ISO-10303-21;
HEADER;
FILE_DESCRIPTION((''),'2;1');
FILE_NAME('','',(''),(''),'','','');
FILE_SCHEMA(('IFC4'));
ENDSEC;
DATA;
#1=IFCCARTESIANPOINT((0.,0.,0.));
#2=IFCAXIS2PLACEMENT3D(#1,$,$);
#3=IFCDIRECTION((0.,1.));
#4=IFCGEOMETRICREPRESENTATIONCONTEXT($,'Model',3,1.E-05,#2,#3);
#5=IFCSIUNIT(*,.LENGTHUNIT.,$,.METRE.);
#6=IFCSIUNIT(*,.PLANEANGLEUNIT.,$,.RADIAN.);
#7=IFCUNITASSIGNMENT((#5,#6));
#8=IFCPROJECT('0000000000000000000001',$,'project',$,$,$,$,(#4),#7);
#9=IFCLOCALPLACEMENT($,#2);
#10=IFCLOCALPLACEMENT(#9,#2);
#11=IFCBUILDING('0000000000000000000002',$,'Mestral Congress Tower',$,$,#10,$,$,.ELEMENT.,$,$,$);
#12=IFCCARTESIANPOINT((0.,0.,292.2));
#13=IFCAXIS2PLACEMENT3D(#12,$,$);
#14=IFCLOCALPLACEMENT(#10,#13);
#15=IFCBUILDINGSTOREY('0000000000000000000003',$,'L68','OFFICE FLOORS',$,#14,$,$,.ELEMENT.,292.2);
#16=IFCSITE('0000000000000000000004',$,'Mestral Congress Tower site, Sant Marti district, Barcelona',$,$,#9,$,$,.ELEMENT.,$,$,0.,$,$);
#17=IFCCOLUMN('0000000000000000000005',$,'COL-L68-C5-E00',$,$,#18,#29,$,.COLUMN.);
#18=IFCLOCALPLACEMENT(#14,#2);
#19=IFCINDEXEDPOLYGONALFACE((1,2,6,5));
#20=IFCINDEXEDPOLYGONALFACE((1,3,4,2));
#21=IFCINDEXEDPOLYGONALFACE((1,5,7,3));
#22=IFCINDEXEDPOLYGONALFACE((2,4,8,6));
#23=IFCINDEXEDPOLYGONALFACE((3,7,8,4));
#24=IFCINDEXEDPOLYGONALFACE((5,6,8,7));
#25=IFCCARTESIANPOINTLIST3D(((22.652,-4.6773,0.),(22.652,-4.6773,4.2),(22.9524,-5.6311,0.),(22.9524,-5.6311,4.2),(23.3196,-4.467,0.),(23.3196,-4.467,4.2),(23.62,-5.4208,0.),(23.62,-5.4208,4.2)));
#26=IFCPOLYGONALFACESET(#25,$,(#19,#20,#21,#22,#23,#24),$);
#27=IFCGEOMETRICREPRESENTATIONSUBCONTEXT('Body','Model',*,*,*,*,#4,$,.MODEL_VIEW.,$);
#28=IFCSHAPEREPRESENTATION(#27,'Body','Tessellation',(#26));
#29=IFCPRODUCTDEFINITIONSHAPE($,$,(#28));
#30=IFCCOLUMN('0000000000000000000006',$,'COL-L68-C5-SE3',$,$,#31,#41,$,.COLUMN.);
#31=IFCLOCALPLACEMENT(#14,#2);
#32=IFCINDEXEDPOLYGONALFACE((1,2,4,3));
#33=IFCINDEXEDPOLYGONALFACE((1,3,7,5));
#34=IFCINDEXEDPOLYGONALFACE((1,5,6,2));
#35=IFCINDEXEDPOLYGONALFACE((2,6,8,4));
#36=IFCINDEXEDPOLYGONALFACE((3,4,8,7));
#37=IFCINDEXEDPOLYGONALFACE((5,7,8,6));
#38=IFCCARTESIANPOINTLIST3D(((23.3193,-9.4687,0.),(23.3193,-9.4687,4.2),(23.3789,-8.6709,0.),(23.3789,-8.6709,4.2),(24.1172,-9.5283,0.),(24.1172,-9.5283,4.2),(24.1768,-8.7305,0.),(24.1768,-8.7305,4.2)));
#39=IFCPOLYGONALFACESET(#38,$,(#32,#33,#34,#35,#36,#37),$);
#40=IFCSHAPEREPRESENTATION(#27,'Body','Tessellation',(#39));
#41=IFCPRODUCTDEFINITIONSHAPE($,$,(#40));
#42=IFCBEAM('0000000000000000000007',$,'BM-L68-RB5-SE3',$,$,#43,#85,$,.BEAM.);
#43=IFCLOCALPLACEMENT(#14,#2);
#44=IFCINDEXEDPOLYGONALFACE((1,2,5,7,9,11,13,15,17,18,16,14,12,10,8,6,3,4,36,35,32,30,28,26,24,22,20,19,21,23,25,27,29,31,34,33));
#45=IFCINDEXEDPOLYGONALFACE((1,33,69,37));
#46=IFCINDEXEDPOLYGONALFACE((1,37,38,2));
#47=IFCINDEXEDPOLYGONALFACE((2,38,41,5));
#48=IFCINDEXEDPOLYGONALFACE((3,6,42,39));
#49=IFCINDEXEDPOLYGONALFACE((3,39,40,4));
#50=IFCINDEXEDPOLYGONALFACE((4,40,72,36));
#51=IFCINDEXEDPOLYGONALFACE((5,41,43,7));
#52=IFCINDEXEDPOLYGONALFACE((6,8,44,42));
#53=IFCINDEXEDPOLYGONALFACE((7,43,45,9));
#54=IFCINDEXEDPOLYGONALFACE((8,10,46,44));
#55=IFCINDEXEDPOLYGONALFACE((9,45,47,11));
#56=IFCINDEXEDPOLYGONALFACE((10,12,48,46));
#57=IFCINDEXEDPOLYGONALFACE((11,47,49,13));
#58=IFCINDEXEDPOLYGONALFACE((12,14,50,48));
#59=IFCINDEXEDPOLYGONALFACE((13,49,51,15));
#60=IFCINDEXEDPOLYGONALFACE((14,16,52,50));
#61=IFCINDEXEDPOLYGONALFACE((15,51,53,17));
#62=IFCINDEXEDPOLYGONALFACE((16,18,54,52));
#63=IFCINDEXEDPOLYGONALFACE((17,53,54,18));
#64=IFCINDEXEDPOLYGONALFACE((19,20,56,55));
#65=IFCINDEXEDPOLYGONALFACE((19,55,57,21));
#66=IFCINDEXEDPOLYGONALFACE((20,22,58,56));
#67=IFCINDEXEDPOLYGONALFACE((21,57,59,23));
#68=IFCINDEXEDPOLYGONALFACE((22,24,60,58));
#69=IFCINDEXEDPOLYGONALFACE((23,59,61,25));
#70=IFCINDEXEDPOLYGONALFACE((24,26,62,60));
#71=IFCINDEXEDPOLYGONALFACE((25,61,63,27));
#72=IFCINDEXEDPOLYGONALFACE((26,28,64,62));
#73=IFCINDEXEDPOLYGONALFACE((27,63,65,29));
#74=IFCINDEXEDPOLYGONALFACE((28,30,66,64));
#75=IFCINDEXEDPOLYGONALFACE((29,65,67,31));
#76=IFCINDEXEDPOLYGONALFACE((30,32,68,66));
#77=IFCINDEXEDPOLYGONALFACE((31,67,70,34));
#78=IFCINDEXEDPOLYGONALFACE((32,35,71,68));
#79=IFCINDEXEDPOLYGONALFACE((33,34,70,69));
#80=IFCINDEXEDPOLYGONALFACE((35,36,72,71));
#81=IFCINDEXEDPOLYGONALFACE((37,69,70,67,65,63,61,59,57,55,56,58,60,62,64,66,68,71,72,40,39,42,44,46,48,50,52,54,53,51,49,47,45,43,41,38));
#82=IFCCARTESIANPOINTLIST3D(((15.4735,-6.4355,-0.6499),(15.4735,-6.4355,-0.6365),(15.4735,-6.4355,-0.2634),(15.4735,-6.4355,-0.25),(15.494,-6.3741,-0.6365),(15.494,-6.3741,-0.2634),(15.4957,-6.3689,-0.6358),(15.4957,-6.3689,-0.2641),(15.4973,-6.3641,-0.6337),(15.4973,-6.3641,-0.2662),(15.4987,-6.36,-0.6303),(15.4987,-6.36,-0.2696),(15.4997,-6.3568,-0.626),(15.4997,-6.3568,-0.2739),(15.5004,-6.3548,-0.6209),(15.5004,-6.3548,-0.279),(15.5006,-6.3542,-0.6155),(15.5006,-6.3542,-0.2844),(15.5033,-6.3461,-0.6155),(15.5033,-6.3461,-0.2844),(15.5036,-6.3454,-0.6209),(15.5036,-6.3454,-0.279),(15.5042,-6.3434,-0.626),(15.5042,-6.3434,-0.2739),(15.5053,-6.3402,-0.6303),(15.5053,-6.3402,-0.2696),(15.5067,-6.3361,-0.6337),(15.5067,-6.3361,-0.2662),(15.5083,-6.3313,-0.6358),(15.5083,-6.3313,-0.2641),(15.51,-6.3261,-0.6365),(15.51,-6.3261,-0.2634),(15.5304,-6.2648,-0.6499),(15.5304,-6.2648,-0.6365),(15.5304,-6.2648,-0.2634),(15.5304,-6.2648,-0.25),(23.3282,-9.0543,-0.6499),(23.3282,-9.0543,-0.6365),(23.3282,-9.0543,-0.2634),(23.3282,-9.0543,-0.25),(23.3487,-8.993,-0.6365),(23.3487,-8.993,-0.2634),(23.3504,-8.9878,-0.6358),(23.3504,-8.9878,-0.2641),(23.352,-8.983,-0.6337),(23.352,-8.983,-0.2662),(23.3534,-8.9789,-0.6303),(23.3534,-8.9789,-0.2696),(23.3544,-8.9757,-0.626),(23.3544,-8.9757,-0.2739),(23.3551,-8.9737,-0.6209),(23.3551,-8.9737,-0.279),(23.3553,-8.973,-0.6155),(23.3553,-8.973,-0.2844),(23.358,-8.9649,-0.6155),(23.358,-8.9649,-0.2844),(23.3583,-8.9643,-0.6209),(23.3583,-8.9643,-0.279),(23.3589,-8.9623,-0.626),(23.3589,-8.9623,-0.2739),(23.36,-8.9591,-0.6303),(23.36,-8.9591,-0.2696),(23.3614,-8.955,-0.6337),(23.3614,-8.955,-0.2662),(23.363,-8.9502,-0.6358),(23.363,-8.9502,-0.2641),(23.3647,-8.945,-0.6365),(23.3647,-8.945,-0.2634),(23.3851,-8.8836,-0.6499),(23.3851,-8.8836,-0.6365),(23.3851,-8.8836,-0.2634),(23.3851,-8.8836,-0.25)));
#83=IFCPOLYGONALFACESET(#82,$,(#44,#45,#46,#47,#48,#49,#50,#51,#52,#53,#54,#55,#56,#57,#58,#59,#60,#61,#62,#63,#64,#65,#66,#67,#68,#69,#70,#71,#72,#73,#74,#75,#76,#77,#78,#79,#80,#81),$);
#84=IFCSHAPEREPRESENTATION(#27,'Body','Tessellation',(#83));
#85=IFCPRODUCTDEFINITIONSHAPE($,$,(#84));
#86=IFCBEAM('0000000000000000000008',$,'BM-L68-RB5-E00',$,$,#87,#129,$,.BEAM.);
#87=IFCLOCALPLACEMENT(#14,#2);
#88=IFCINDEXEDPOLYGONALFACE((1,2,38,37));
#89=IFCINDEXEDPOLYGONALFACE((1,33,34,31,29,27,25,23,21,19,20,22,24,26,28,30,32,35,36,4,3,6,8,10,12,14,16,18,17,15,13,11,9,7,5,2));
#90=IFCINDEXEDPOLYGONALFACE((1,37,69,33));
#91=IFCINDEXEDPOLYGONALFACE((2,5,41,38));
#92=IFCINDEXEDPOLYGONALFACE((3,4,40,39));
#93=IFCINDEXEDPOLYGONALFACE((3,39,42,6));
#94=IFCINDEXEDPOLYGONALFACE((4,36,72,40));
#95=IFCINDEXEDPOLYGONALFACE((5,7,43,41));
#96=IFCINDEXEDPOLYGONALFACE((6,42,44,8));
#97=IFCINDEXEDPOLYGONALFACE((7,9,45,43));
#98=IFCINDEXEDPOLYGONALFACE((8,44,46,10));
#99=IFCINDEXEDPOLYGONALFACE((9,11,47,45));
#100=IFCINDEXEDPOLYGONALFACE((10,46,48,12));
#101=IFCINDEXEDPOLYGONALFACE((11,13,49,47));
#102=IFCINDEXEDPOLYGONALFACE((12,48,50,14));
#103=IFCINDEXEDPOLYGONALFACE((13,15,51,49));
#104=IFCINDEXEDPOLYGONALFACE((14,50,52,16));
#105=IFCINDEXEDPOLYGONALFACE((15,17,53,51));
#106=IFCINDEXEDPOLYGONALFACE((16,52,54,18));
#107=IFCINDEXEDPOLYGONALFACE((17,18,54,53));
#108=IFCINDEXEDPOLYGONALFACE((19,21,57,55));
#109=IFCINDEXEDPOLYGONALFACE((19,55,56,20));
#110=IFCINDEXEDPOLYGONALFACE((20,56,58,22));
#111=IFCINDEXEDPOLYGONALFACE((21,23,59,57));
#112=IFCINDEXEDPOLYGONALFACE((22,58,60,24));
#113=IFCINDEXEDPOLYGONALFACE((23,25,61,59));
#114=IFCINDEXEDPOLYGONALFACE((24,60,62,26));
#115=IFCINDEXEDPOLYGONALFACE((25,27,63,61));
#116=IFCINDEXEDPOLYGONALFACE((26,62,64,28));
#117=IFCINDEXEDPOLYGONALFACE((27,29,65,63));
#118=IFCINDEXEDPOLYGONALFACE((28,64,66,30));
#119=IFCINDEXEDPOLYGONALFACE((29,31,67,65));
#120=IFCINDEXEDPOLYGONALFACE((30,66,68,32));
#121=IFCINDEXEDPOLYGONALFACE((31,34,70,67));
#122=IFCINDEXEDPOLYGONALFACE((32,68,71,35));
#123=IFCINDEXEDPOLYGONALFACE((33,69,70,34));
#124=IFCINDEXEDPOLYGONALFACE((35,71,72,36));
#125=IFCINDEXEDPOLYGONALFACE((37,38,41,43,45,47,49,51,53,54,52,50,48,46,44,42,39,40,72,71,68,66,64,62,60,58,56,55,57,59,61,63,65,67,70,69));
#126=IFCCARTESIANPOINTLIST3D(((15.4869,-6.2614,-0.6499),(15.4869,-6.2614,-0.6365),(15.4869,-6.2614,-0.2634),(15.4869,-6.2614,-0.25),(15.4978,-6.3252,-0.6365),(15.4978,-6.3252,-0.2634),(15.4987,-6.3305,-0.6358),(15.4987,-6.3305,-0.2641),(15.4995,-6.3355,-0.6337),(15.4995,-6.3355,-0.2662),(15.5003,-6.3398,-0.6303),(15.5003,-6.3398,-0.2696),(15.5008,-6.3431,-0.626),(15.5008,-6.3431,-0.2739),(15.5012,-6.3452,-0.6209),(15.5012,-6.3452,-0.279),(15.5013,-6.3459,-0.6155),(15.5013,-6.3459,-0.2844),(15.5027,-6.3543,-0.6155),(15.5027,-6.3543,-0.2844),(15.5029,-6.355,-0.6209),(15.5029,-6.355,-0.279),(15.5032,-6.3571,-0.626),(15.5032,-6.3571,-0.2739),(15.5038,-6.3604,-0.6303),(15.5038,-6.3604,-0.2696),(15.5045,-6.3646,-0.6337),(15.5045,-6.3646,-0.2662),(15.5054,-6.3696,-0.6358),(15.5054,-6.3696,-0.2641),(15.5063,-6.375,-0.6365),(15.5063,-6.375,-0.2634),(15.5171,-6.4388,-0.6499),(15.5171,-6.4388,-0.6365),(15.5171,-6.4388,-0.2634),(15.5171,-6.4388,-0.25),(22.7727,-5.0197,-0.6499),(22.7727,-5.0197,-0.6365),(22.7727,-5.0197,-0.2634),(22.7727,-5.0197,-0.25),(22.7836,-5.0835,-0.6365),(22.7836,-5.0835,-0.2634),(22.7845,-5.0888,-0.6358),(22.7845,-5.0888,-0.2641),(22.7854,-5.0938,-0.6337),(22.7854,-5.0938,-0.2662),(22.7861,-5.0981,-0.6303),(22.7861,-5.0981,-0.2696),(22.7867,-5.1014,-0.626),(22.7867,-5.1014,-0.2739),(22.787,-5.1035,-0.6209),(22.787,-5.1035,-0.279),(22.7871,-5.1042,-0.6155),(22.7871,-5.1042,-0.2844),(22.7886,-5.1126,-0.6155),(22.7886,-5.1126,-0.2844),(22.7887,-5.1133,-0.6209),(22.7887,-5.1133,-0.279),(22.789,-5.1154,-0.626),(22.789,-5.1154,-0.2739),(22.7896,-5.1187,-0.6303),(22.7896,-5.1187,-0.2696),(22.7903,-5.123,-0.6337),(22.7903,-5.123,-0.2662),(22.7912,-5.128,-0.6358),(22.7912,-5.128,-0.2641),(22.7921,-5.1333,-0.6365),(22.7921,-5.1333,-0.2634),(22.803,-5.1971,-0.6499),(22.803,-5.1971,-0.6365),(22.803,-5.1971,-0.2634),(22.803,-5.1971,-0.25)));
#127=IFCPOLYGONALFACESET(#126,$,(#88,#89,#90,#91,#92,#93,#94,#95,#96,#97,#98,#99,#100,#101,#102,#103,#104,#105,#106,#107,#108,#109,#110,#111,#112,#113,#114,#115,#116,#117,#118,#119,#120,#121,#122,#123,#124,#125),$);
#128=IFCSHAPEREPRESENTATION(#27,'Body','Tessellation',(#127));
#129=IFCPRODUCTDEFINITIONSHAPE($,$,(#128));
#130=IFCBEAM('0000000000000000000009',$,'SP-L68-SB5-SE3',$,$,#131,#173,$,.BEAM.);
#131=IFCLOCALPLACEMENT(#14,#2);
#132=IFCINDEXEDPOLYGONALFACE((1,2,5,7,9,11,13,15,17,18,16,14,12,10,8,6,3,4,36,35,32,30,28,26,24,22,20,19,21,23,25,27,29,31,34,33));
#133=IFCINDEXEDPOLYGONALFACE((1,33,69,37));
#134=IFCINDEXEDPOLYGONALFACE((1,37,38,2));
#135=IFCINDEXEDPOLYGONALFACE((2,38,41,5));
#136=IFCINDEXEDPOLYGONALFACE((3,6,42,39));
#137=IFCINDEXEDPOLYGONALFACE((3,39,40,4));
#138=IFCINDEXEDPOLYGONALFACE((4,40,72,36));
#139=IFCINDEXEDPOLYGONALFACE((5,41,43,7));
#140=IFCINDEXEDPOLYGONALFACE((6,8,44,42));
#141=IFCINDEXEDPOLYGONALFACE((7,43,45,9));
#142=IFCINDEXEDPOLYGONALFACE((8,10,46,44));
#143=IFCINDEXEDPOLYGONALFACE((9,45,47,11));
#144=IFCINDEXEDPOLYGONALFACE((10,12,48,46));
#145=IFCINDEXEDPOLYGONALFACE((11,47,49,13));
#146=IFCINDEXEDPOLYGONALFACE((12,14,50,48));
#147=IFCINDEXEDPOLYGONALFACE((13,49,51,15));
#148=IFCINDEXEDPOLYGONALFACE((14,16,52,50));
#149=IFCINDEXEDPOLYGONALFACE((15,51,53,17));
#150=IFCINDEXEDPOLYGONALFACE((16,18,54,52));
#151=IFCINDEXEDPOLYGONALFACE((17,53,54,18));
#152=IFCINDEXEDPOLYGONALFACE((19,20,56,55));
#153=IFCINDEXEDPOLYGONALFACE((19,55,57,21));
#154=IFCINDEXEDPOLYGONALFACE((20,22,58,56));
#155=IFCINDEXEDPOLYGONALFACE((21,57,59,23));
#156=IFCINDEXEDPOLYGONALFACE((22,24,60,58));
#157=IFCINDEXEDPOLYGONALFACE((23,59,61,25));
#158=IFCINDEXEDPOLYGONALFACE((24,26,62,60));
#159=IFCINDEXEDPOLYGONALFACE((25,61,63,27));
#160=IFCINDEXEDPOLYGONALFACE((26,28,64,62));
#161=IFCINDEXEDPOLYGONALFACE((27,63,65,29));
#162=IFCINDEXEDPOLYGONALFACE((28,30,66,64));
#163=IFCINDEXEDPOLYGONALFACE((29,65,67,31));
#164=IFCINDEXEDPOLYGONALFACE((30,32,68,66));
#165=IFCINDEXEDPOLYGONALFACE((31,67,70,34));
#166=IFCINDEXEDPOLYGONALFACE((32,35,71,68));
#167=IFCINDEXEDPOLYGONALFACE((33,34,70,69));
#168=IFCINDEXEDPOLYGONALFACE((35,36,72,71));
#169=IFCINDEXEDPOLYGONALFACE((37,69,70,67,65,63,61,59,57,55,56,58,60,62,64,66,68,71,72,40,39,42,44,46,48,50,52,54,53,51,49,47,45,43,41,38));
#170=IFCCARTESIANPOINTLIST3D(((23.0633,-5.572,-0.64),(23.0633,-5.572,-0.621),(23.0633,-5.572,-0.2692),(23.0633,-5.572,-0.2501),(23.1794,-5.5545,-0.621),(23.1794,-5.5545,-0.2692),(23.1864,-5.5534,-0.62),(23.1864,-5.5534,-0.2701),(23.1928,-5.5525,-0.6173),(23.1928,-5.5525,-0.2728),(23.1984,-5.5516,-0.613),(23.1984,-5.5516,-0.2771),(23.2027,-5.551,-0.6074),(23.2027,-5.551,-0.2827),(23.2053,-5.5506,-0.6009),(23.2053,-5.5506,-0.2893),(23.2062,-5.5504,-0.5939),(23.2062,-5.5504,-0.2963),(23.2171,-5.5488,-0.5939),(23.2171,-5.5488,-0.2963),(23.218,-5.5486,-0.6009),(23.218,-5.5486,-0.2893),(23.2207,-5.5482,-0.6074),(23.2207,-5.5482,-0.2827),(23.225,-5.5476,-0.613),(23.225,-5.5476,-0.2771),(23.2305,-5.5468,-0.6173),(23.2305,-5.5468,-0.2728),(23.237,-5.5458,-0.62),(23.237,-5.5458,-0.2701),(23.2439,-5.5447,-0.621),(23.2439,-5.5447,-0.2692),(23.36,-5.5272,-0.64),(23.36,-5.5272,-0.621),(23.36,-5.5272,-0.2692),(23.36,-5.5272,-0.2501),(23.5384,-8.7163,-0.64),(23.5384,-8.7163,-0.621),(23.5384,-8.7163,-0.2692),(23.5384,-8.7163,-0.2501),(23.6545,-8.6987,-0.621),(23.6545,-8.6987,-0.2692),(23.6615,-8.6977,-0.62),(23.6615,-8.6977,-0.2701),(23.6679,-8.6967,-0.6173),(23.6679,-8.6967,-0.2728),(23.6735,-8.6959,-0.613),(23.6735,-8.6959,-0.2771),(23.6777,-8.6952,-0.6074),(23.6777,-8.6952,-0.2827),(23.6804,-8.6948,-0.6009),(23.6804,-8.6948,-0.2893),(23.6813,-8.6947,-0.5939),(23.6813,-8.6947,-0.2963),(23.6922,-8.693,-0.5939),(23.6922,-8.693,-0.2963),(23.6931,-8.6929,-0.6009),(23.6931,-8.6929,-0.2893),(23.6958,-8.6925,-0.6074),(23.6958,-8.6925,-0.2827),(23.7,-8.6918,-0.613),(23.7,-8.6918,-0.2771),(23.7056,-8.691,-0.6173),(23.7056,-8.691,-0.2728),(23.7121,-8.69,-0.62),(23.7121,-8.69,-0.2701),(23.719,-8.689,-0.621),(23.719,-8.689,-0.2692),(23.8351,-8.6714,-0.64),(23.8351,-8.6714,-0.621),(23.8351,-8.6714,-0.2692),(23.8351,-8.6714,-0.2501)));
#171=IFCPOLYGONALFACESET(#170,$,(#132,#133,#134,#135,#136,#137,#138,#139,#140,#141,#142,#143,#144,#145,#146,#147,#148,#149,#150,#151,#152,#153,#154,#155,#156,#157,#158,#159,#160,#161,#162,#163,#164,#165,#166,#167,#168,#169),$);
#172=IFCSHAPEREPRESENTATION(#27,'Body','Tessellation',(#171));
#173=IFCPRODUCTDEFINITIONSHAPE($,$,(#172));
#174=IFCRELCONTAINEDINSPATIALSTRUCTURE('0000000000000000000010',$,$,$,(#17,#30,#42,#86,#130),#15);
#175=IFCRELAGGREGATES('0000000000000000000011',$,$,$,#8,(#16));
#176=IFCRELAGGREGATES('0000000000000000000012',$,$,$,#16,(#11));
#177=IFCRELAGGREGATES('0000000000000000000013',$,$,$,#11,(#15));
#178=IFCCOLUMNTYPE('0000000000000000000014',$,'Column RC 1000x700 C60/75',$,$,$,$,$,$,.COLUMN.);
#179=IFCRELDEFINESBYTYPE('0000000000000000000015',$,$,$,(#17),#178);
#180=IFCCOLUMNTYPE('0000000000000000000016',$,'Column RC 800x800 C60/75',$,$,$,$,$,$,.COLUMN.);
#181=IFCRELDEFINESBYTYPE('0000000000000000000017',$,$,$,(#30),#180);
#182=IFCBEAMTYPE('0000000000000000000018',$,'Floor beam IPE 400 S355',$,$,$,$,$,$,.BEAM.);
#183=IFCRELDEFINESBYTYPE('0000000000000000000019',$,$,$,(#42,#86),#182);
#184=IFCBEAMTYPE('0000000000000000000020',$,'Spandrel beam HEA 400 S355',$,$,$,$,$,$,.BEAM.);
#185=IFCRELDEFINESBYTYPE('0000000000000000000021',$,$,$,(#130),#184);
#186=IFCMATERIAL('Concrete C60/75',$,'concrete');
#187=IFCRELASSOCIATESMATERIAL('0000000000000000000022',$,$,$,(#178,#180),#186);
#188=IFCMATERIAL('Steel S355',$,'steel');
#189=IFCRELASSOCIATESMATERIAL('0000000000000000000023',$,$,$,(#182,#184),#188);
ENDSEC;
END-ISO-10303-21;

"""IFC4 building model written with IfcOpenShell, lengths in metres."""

from ifc_helpers import new_model, si_unit, direction, frame, origin, origin_2d, place, context, subcontext, project, spatial, rectangle, i_section, extrude, material, material_profile, profile_set, type_object, element, save


model = new_model("IFC4")

# Units and contexts
model_context = context("Model", 3, precision=1e-05, world=origin(), true_north=direction((0.0, 1.0)))
body_context = subcontext(model_context, "Body", "Model", "MODEL_VIEW")
ifc_project = project(units=[si_unit("LENGTHUNIT", "METRE"), si_unit("PLANEANGLEUNIT", "RADIAN")], contexts=[model_context])

# Site, building, storey
site_placement = place(None, origin())
site = spatial("IfcSite", under=ifc_project, at=site_placement, Name="Mestral Congress Tower site, Sant Marti district, Barcelona", CompositionType="ELEMENT", RefElevation=0.0)
building_placement = place(site_placement, origin())
building = spatial("IfcBuilding", under=site, at=building_placement, Name="Mestral Congress Tower", CompositionType="ELEMENT")
storey_placement = place(building_placement, frame((0.0, 0.0, 292.2)))
storey = spatial("IfcBuildingStorey", under=building, at=storey_placement, Name="L68", Description="OFFICE FLOORS", CompositionType="ELEMENT", Elevation=292.2)

# Columns
ifc_material_1 = material(Name="Concrete C60/75", Category="concrete")
ifc_material_profile_1 = material_profile(ifc_material_1, rectangle(XDim=1.0, YDim=0.7, at=origin_2d()), Name="RC 1000x700")
ifc_profile_set_1 = profile_set([ifc_material_profile_1], Name="Concrete C60/75")
column_type_1 = type_object("IfcColumnType", Name="Column RC 1000x700 C60/75", PredefinedType="COLUMN", material=ifc_profile_set_1)
column_1_placement = place(storey_placement, frame((23.136, -5.0491, 0.0), z_axis=(0.0, 0.0, 1.0), x_axis=(-0.300431, 0.953804, 0.0)))
element("IfcColumn", 1, at=column_1_placement, inside=storey, type_object=column_type_1, Name="COL-L68-C5-E00", PredefinedType="COLUMN", context=body_context, shape_type="SweptSolid", body=[
    extrude(rectangle(XDim=1.0, YDim=0.7, at=origin_2d()), origin(), (0.0, 0.0, 1.0), 4.2),
])
ifc_material_profile_2 = material_profile(ifc_material_1, rectangle(XDim=0.8, YDim=0.8, at=origin_2d()), Name="RC 800x800")
ifc_profile_set_2 = profile_set([ifc_material_profile_2], Name="Concrete C60/75")
column_type_2 = type_object("IfcColumnType", Name="Column RC 800x800 C60/75", PredefinedType="COLUMN", material=ifc_profile_set_2)
column_2_placement = place(storey_placement, frame((23.748, -9.0996, 0.0), z_axis=(0.0, 0.0, 1.0), x_axis=(0.074511, 0.99722, 0.0)))
element("IfcColumn", 2, at=column_2_placement, inside=storey, type_object=column_type_2, Name="COL-L68-C5-SE3", PredefinedType="COLUMN", context=body_context, shape_type="SweptSolid", body=[
    extrude(rectangle(XDim=0.8, YDim=0.8, at=origin_2d()), origin(), (0.0, 0.0, 1.0), 4.2),
])

# Beams
ifc_material_2 = material(Name="Steel S355", Category="steel")
ifc_material_profile_3 = material_profile(ifc_material_2, i_section(OverallWidth=0.1799, OverallDepth=0.3999, WebThickness=0.0085, FlangeThickness=0.0134, FilletRadius=0.021, at=origin_2d()), Name="IPE 400")
ifc_profile_set_3 = profile_set([ifc_material_profile_3], Name="Steel S355")
beam_type_1 = type_object("IfcBeamType", Name="Floor beam IPE 400 S355", PredefinedType="BEAM", material=ifc_profile_set_3)
beam_1_placement = place(storey_placement, frame((23.3567, -8.969, -0.45), z_axis=(-0.94866, 0.316299, 0.0), x_axis=(-0.316299, -0.94866, 0.0)))
element("IfcBeam", 3, at=beam_1_placement, inside=storey, type_object=beam_type_1, Name="BM-L68-RB5-SE3", PredefinedType="BEAM", context=body_context, shape_type="SweptSolid", body=[
    extrude(i_section(OverallWidth=0.1799, OverallDepth=0.3999, WebThickness=0.0085, FlangeThickness=0.0134, FilletRadius=0.021, at=origin_2d()), origin(), (0.0, 0.0, 1.0), 8.2798),
])
beam_2_placement = place(storey_placement, frame((22.7878, -5.1084, -0.45), z_axis=(-0.985787, -0.168003, 0.0), x_axis=(0.168003, -0.985787, 0.0)))
element("IfcBeam", 4, at=beam_2_placement, inside=storey, type_object=beam_type_1, Name="BM-L68-RB5-E00", PredefinedType="BEAM", context=body_context, shape_type="SweptSolid", body=[
    extrude(i_section(OverallWidth=0.1799, OverallDepth=0.3999, WebThickness=0.0085, FlangeThickness=0.0134, FilletRadius=0.021, at=origin_2d()), origin(), (0.0, 0.0, 1.0), 7.3909),
])
ifc_material_profile_4 = material_profile(ifc_material_2, i_section(OverallWidth=0.3, OverallDepth=0.3899, WebThickness=0.011, FlangeThickness=0.019, FilletRadius=0.0271, at=origin_2d()), Name="HEA 400")
ifc_profile_set_4 = profile_set([ifc_material_profile_4], Name="Steel S355")
beam_type_2 = type_object("IfcBeamType", Name="Spandrel beam HEA 400 S355", PredefinedType="BEAM", material=ifc_profile_set_4)
beam_3_placement = place(storey_placement, frame((23.6868, -8.6938, -0.4451), z_axis=(-0.149403, 0.988776, 0.0), x_axis=(-0.988776, -0.149403, 0.0)))
element("IfcBeam", 5, at=beam_3_placement, inside=storey, type_object=beam_type_2, Name="SP-L68-SB5-SE3", PredefinedType="BEAM", context=body_context, shape_type="SweptSolid", body=[
    extrude(i_section(OverallWidth=0.3, OverallDepth=0.3899, WebThickness=0.011, FlangeThickness=0.019, FilletRadius=0.0271, at=origin_2d()), origin(), (0.0, 0.0, 1.0), 3.1799),
])

save(model, "model.ifc")
